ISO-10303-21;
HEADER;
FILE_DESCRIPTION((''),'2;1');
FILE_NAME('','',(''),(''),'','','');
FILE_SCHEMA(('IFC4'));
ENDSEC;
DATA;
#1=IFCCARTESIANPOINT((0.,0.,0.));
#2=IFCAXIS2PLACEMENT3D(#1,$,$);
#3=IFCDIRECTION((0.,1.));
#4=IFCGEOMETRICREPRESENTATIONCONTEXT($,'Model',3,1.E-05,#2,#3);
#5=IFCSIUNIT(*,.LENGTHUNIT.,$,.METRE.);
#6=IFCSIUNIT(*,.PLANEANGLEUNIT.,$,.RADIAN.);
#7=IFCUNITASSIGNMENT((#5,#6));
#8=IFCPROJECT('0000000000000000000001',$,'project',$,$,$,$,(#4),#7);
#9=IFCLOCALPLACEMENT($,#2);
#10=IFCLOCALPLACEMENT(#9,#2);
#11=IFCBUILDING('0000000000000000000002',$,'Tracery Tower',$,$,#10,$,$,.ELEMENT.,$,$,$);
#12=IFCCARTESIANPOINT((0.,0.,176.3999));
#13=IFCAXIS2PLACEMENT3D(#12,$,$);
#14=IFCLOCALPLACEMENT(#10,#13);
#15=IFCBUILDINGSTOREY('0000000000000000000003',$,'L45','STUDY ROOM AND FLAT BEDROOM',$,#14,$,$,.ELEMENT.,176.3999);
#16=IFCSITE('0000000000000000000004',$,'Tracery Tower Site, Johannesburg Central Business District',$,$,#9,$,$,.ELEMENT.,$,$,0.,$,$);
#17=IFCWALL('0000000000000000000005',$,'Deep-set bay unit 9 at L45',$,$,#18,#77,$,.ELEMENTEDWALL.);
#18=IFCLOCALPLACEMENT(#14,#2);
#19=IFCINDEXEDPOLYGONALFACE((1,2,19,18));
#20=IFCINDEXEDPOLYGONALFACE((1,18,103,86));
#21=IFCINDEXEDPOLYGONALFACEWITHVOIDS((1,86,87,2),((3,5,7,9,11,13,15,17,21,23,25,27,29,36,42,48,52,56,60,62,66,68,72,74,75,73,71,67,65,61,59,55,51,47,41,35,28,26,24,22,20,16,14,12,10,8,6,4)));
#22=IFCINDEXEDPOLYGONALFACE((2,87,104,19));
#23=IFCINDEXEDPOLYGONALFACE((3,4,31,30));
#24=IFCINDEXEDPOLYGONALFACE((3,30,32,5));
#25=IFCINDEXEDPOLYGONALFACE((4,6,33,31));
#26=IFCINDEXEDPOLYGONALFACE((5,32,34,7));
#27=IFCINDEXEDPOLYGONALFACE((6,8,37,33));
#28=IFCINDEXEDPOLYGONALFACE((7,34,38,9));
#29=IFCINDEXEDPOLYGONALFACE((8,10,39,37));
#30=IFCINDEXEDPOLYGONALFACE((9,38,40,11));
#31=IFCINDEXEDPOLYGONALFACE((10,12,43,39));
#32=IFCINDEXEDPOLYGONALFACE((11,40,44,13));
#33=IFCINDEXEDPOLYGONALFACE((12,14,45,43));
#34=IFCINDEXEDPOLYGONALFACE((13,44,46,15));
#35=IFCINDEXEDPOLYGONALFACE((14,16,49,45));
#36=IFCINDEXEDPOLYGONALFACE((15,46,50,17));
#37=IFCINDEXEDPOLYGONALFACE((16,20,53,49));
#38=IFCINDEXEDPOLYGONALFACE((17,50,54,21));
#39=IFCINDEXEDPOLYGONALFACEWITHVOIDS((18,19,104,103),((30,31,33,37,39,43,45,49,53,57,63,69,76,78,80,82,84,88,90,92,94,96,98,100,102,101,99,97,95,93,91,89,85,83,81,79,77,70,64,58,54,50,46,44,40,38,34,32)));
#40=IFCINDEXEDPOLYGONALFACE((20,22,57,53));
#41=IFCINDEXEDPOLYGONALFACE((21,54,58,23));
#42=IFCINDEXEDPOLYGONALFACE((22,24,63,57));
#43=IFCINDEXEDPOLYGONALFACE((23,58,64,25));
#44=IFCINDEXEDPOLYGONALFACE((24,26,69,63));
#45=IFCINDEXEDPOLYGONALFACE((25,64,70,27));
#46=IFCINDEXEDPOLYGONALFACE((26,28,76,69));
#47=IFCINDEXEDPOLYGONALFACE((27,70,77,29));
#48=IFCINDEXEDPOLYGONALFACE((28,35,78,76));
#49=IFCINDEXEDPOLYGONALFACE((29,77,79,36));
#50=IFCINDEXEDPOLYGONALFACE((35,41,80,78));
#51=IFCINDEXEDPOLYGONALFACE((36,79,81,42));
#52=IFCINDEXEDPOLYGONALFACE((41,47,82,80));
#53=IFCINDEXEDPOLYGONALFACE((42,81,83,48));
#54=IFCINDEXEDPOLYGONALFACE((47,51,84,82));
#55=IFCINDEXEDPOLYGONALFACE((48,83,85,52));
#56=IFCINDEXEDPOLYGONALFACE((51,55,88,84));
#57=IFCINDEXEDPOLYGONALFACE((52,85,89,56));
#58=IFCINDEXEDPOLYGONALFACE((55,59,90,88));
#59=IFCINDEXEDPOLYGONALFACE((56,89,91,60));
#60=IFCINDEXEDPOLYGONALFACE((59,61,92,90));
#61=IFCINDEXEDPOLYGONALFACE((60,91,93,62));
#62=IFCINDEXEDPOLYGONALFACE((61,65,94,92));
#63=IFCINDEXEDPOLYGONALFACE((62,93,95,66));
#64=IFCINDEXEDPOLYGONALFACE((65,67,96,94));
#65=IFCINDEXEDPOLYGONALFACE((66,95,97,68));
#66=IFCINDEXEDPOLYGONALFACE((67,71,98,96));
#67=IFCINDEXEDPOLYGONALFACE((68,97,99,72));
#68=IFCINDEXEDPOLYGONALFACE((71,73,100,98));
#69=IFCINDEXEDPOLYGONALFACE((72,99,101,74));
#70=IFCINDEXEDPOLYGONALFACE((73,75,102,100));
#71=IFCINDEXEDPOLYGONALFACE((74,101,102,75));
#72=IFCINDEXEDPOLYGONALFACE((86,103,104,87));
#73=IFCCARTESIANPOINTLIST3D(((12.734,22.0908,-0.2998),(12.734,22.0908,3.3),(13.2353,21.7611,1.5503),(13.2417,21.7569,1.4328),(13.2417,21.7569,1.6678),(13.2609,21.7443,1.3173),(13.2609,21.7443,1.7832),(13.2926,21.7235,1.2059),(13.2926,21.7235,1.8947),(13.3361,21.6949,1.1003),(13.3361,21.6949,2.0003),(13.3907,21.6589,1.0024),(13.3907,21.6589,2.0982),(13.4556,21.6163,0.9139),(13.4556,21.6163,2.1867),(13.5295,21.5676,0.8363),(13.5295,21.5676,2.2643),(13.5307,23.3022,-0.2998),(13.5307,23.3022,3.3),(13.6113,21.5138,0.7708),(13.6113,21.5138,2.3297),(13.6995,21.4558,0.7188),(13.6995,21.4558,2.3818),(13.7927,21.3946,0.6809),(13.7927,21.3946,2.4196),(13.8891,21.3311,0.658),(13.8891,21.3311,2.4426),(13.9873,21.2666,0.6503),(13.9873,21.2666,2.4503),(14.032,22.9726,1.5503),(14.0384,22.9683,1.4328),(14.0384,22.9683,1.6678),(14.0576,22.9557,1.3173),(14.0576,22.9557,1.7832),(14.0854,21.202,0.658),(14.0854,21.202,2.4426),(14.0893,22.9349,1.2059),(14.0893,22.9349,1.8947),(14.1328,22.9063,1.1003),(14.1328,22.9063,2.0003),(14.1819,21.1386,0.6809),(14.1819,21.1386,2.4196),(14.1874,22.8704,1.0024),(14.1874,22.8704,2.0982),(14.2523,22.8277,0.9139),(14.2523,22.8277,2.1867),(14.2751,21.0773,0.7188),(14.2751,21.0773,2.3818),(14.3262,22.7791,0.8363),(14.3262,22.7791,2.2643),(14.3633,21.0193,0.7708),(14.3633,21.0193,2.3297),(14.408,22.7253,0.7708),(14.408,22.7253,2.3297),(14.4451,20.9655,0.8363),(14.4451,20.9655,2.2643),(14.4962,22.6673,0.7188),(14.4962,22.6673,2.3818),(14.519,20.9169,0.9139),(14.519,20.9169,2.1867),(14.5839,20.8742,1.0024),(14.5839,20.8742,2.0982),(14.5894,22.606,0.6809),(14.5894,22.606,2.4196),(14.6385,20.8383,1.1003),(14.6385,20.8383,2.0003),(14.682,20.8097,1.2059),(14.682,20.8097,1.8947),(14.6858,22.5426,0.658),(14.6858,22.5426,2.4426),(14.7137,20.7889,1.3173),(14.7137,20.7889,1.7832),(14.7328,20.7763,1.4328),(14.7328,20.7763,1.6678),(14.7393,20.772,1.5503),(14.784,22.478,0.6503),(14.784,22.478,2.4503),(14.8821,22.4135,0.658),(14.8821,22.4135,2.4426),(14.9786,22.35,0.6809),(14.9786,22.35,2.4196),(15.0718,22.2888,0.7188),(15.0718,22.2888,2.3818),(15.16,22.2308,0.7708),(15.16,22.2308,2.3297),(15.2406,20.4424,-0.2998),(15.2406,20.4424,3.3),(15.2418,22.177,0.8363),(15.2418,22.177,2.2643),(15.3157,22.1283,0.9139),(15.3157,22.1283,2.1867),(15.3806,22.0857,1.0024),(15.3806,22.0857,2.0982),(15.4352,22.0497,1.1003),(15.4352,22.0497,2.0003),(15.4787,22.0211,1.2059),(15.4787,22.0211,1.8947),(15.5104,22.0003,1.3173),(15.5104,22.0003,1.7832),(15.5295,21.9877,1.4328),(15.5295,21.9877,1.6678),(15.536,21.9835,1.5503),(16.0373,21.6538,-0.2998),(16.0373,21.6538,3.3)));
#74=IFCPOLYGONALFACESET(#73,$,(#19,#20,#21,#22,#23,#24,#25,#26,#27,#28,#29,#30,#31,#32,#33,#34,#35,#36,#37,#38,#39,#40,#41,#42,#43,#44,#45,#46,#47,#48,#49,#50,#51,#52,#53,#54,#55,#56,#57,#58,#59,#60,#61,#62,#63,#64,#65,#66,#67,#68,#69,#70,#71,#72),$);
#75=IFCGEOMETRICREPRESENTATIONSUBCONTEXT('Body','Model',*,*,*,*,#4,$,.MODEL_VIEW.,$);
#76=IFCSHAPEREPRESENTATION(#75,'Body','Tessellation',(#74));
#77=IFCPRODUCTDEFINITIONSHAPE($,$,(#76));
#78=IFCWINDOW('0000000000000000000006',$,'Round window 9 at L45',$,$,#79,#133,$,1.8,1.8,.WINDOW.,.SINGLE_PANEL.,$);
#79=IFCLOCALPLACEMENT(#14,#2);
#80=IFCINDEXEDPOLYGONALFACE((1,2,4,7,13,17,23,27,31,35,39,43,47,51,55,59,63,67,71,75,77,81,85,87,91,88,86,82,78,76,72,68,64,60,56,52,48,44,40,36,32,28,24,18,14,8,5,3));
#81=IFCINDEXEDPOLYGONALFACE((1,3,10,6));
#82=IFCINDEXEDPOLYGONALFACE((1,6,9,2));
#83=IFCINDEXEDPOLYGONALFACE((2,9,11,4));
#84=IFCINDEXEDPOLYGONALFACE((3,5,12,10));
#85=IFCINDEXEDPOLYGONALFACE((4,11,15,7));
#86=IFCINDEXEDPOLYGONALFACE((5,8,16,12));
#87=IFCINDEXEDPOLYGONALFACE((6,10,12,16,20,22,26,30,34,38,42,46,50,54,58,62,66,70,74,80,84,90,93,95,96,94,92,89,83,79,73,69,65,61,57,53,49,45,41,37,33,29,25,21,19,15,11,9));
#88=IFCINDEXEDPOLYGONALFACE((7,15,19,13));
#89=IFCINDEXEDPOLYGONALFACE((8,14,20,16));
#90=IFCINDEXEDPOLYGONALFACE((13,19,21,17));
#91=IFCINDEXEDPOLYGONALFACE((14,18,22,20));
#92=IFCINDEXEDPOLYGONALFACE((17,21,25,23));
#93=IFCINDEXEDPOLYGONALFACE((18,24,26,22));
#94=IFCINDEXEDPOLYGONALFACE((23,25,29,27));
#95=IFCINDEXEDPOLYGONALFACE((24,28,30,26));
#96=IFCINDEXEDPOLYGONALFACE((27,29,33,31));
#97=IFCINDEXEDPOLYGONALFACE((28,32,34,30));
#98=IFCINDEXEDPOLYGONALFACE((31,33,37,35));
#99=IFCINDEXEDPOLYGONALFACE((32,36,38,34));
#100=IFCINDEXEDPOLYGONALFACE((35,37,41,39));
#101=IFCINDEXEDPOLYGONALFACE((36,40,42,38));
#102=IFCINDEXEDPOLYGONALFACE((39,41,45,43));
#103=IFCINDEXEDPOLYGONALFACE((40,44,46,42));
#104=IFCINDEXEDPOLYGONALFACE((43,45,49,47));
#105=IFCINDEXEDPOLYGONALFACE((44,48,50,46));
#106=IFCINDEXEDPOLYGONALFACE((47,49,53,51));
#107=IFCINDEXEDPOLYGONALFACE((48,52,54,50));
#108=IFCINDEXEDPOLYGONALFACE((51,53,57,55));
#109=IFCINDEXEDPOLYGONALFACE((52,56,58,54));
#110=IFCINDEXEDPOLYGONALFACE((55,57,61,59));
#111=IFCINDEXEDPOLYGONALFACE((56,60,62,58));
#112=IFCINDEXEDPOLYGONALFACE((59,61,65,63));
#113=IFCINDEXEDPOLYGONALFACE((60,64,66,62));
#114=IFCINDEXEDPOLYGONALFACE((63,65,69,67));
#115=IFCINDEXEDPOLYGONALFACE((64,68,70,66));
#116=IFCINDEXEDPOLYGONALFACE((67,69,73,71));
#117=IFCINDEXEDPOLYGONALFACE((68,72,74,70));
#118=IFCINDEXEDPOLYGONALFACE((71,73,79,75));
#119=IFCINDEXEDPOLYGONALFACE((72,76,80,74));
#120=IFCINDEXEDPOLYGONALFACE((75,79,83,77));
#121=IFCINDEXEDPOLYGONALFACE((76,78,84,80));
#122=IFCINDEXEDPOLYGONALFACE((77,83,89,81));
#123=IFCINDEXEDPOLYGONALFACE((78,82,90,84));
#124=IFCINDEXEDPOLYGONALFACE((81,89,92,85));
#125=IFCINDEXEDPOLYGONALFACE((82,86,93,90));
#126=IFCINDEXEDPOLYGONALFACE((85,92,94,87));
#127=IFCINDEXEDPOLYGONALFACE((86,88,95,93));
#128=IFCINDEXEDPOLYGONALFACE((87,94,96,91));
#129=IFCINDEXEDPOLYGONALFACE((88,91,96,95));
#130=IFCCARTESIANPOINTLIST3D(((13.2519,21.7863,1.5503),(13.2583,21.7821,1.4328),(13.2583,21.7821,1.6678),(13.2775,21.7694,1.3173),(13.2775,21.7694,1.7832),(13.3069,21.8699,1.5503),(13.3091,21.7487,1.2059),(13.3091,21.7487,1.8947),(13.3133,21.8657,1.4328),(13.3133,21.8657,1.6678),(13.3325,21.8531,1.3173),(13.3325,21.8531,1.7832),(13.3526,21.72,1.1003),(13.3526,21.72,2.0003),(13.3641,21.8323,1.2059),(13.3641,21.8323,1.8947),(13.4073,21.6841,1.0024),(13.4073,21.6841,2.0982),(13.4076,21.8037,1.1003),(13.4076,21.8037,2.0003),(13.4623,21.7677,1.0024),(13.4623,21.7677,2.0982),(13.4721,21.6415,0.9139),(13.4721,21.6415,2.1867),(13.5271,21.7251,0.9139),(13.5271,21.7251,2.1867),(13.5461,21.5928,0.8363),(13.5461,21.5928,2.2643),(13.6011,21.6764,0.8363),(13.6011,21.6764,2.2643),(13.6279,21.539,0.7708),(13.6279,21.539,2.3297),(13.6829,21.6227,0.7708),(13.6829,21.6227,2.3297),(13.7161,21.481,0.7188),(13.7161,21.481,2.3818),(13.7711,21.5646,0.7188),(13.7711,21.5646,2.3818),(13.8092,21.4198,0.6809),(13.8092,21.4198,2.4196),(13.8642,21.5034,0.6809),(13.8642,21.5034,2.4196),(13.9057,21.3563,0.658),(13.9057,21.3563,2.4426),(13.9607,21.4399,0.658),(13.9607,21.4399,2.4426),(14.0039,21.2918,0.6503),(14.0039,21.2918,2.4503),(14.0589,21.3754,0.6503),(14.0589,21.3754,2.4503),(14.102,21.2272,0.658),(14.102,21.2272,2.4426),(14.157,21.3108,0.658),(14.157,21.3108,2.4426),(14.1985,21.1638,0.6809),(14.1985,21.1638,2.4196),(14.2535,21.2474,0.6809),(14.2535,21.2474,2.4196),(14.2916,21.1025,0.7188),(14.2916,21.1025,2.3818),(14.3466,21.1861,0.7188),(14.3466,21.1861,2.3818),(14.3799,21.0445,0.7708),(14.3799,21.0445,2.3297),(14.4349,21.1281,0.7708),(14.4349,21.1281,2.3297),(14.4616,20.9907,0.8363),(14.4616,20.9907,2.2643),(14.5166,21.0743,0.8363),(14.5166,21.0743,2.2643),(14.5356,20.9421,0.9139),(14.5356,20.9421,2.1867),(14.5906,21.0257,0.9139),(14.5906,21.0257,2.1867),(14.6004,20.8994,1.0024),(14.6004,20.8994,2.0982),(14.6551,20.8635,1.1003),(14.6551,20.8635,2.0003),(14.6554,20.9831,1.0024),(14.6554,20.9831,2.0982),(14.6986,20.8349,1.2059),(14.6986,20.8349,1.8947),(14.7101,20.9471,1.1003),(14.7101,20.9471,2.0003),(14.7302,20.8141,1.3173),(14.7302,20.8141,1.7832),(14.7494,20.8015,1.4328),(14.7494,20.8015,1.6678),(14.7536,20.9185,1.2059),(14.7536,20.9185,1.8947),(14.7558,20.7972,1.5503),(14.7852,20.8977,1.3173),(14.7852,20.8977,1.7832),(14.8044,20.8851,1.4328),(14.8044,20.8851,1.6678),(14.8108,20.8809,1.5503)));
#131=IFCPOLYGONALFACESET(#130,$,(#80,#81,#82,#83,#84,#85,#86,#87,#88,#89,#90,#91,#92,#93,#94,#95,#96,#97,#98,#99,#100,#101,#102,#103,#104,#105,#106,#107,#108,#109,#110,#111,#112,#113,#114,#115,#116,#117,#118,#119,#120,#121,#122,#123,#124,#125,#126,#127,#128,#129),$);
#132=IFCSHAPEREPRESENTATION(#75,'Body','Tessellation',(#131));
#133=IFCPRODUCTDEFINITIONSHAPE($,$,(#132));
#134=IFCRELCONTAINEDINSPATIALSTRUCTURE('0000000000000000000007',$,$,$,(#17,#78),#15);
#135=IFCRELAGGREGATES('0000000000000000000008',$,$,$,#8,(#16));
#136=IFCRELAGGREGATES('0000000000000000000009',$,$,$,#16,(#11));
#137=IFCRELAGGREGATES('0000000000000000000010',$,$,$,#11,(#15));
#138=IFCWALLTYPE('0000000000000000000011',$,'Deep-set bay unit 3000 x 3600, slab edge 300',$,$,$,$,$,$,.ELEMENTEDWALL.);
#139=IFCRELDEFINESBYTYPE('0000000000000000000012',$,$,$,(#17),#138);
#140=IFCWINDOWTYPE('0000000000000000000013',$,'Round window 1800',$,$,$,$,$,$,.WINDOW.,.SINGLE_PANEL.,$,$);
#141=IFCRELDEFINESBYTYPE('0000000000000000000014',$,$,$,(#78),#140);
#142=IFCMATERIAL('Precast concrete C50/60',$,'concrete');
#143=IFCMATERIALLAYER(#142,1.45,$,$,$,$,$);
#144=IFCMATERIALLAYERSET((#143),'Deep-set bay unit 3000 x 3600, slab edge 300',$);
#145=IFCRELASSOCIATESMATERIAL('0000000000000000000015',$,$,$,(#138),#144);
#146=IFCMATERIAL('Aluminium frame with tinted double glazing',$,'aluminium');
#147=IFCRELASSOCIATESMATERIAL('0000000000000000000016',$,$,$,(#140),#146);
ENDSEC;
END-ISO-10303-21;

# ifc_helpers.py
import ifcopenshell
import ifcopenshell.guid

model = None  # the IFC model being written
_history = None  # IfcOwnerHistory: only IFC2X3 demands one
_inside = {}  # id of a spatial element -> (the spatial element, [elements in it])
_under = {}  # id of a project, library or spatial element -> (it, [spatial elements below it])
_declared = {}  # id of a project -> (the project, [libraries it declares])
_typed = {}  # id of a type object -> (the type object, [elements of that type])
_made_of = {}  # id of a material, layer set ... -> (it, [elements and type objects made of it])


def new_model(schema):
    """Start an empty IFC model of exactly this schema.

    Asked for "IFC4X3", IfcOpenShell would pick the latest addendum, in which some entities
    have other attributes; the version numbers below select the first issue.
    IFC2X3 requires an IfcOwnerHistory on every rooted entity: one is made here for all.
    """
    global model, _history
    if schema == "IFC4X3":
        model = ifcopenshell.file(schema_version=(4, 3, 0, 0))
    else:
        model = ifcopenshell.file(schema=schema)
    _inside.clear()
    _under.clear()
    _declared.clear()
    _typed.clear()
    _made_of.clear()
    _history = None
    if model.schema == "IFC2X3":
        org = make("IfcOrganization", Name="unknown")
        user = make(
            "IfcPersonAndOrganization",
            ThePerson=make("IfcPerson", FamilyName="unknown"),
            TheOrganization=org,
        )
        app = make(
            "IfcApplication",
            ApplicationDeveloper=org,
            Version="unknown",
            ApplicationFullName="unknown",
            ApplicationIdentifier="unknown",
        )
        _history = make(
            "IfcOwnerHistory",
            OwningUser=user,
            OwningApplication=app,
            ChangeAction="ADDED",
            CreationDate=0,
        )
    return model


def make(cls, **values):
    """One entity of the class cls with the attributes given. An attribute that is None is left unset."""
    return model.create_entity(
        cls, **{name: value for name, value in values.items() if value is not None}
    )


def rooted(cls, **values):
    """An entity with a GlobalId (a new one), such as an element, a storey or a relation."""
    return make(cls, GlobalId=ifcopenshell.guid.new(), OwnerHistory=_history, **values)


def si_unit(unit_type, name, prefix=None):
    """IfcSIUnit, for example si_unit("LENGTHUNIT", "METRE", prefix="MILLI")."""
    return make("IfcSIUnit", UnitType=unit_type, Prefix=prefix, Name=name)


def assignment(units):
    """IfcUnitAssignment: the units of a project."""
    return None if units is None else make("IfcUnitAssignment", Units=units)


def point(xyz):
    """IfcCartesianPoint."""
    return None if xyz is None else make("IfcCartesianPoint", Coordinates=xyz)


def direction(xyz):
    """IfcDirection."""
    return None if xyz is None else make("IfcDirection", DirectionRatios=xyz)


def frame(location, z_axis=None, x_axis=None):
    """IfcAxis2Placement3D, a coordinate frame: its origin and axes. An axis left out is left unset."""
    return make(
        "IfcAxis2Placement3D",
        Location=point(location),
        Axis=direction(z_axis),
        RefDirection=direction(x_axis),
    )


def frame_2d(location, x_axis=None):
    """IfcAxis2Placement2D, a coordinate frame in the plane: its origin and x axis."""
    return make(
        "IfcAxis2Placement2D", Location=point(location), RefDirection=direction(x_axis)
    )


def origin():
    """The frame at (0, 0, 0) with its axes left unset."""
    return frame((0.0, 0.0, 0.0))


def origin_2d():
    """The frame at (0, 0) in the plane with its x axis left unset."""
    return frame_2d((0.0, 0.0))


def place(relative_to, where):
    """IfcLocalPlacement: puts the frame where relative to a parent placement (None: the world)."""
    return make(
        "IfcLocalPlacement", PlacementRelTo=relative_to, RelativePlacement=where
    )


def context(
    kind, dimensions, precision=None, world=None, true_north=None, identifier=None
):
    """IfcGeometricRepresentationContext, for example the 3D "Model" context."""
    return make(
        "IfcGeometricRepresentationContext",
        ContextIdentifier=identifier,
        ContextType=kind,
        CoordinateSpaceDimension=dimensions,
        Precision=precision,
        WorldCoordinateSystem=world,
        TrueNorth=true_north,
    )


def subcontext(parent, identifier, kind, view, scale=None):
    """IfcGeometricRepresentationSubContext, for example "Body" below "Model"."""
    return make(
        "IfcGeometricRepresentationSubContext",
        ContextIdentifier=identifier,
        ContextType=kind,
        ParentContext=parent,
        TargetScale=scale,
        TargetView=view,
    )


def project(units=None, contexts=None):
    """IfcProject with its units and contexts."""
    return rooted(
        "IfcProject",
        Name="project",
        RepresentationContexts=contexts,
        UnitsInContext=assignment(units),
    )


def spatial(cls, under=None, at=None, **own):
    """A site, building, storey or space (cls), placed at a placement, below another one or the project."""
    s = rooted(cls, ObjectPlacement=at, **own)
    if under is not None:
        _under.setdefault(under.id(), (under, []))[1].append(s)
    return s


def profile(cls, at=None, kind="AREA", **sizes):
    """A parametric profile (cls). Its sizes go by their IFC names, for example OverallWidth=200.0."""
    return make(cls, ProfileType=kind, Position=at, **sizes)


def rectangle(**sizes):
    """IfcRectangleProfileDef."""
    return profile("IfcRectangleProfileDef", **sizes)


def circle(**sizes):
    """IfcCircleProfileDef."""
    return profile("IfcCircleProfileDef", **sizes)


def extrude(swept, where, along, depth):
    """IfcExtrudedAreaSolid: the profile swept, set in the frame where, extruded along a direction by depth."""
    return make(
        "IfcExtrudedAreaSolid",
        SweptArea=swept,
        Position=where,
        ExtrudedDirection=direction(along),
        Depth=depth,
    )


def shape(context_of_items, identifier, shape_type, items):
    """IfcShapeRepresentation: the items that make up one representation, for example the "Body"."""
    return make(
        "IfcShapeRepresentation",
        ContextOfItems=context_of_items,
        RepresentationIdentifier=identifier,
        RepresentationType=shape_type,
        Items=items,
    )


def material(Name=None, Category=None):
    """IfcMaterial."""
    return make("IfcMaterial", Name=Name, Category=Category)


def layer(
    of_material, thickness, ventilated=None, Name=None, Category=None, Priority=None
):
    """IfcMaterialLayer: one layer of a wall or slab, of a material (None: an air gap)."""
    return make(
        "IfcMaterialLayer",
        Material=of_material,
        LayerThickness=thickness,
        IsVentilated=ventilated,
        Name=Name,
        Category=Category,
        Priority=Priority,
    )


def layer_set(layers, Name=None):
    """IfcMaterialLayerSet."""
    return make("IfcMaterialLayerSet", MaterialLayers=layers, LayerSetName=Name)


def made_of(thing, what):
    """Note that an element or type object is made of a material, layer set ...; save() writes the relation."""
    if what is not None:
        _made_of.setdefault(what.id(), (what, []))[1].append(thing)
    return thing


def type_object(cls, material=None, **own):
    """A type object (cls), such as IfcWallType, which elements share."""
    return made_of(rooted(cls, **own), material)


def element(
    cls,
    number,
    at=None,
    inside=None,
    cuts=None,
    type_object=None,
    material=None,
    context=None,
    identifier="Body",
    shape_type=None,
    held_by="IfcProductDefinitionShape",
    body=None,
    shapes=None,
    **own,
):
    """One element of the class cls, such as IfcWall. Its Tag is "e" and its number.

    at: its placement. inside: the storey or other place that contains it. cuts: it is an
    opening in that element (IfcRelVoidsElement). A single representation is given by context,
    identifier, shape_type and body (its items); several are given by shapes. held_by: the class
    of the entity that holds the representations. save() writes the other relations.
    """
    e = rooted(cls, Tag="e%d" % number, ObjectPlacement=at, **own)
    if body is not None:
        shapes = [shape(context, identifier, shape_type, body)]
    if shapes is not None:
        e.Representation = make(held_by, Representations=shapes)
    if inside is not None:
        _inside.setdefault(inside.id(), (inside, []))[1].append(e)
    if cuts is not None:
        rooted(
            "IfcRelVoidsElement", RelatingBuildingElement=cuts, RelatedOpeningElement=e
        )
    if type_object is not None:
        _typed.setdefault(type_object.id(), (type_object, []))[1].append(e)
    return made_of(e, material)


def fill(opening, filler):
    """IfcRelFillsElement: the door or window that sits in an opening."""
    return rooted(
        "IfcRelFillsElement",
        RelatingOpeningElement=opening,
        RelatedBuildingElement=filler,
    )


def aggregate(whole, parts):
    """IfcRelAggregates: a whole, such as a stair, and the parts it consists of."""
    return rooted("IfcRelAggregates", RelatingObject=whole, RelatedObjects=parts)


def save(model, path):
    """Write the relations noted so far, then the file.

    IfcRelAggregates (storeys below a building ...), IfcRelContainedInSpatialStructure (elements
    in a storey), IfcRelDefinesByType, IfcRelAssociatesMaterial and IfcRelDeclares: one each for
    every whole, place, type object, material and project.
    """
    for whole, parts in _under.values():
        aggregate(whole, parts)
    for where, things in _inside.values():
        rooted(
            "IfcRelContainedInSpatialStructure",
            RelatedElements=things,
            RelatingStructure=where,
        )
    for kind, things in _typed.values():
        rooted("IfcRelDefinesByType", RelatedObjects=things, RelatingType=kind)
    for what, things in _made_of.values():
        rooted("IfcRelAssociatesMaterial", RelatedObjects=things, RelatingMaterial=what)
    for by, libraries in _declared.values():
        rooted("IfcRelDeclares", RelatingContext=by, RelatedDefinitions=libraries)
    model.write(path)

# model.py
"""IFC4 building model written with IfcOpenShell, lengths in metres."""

from ifc_helpers import new_model, si_unit, direction, frame, frame_2d, origin, origin_2d, place, context, subcontext, project, spatial, rectangle, circle, extrude, material, layer, layer_set, type_object, element, fill, save


model = new_model("IFC4")

# Units and contexts
model_context = context("Model", 3, precision=1e-05, world=origin(), true_north=direction((0.0, 1.0)))
body_context = subcontext(model_context, "Body", "Model", "MODEL_VIEW")
ifc_project = project(units=[si_unit("LENGTHUNIT", "METRE"), si_unit("PLANEANGLEUNIT", "RADIAN")], contexts=[model_context])

# Site, building, storey
site_placement = place(None, origin())
site = spatial("IfcSite", under=ifc_project, at=site_placement, Name="Tracery Tower Site, Johannesburg Central Business District", CompositionType="ELEMENT", RefElevation=0.0)
building_placement = place(site_placement, origin())
building = spatial("IfcBuilding", under=site, at=building_placement, Name="Tracery Tower", CompositionType="ELEMENT")
storey_placement = place(building_placement, frame((0.0, 0.0, 176.3999)))
storey = spatial("IfcBuildingStorey", under=building, at=storey_placement, Name="L45", Description="STUDY ROOM AND FLAT BEDROOM", CompositionType="ELEMENT", Elevation=176.3999)

# Wall, opening, window
ifc_material_1 = material(Name="Precast concrete C50/60", Category="concrete")
ifc_layer_1 = layer(ifc_material_1, 1.45)
ifc_layer_set_1 = layer_set([ifc_layer_1], Name="Deep-set bay unit 3000 x 3600, slab edge 300")
wall_type_1 = type_object("IfcWallType", Name="Deep-set bay unit 3000 x 3600, slab edge 300", PredefinedType="ELEMENTEDWALL", material=ifc_layer_set_1)
ifc_material_2 = material(Name="Aluminium frame with tinted double glazing", Category="aluminium")
window_type = type_object("IfcWindowType", Name="Round window 1800", PartitioningType="SINGLE_PANEL", PredefinedType="WINDOW", material=ifc_material_2)
wall_1_placement = place(storey_placement, frame((15.6389, 21.0481, -0.2998), z_axis=(0.0, 0.0, 1.0), x_axis=(-0.835514, 0.549469, 0.0)))
wall_1 = element("IfcWall", 1, at=wall_1_placement, inside=storey, type_object=wall_type_1, Name="Deep-set bay unit 9 at L45", PredefinedType="ELEMENTEDWALL", context=body_context, shape_type="SweptSolid", body=[
    extrude(rectangle(XDim=3.0, YDim=1.45, at=frame_2d((1.5, 0.0))), origin(), (0.0, 0.0, 1.0), 3.5999),
])
opening_1_placement = place(wall_1_placement, frame((1.5, 0.0, 1.8501)))
opening_1 = element("IfcOpeningElement", 2, at=opening_1_placement, cuts=wall_1, PredefinedType="OPENING", context=body_context, shape_type="SweptSolid", body=[
    extrude(circle(Radius=0.9, at=origin_2d()), frame((0.0, 0.7349, 0.0), z_axis=(0.0, -1.0, 0.0), x_axis=(1.0, 0.0, 0.0)), (0.0, 0.0, 1.0), 1.47),
])
window_1_placement = place(opening_1_placement, origin())
window_1 = element("IfcWindow", 3, at=window_1_placement, inside=storey, type_object=window_type, Name="Round window 9 at L45", OverallHeight=1.8, OverallWidth=1.8, PartitioningType="SINGLE_PANEL", PredefinedType="WINDOW", context=body_context, shape_type="SweptSolid", body=[
    extrude(circle(Radius=0.9, at=origin_2d()), frame((0.0, 0.6948, 0.0), z_axis=(0.0, -1.0, 0.0), x_axis=(1.0, 0.0, 0.0)), (0.0, 0.0, 1.0), 0.1001),
])
fill(opening_1, window_1)

save(model, "model.ifc")
